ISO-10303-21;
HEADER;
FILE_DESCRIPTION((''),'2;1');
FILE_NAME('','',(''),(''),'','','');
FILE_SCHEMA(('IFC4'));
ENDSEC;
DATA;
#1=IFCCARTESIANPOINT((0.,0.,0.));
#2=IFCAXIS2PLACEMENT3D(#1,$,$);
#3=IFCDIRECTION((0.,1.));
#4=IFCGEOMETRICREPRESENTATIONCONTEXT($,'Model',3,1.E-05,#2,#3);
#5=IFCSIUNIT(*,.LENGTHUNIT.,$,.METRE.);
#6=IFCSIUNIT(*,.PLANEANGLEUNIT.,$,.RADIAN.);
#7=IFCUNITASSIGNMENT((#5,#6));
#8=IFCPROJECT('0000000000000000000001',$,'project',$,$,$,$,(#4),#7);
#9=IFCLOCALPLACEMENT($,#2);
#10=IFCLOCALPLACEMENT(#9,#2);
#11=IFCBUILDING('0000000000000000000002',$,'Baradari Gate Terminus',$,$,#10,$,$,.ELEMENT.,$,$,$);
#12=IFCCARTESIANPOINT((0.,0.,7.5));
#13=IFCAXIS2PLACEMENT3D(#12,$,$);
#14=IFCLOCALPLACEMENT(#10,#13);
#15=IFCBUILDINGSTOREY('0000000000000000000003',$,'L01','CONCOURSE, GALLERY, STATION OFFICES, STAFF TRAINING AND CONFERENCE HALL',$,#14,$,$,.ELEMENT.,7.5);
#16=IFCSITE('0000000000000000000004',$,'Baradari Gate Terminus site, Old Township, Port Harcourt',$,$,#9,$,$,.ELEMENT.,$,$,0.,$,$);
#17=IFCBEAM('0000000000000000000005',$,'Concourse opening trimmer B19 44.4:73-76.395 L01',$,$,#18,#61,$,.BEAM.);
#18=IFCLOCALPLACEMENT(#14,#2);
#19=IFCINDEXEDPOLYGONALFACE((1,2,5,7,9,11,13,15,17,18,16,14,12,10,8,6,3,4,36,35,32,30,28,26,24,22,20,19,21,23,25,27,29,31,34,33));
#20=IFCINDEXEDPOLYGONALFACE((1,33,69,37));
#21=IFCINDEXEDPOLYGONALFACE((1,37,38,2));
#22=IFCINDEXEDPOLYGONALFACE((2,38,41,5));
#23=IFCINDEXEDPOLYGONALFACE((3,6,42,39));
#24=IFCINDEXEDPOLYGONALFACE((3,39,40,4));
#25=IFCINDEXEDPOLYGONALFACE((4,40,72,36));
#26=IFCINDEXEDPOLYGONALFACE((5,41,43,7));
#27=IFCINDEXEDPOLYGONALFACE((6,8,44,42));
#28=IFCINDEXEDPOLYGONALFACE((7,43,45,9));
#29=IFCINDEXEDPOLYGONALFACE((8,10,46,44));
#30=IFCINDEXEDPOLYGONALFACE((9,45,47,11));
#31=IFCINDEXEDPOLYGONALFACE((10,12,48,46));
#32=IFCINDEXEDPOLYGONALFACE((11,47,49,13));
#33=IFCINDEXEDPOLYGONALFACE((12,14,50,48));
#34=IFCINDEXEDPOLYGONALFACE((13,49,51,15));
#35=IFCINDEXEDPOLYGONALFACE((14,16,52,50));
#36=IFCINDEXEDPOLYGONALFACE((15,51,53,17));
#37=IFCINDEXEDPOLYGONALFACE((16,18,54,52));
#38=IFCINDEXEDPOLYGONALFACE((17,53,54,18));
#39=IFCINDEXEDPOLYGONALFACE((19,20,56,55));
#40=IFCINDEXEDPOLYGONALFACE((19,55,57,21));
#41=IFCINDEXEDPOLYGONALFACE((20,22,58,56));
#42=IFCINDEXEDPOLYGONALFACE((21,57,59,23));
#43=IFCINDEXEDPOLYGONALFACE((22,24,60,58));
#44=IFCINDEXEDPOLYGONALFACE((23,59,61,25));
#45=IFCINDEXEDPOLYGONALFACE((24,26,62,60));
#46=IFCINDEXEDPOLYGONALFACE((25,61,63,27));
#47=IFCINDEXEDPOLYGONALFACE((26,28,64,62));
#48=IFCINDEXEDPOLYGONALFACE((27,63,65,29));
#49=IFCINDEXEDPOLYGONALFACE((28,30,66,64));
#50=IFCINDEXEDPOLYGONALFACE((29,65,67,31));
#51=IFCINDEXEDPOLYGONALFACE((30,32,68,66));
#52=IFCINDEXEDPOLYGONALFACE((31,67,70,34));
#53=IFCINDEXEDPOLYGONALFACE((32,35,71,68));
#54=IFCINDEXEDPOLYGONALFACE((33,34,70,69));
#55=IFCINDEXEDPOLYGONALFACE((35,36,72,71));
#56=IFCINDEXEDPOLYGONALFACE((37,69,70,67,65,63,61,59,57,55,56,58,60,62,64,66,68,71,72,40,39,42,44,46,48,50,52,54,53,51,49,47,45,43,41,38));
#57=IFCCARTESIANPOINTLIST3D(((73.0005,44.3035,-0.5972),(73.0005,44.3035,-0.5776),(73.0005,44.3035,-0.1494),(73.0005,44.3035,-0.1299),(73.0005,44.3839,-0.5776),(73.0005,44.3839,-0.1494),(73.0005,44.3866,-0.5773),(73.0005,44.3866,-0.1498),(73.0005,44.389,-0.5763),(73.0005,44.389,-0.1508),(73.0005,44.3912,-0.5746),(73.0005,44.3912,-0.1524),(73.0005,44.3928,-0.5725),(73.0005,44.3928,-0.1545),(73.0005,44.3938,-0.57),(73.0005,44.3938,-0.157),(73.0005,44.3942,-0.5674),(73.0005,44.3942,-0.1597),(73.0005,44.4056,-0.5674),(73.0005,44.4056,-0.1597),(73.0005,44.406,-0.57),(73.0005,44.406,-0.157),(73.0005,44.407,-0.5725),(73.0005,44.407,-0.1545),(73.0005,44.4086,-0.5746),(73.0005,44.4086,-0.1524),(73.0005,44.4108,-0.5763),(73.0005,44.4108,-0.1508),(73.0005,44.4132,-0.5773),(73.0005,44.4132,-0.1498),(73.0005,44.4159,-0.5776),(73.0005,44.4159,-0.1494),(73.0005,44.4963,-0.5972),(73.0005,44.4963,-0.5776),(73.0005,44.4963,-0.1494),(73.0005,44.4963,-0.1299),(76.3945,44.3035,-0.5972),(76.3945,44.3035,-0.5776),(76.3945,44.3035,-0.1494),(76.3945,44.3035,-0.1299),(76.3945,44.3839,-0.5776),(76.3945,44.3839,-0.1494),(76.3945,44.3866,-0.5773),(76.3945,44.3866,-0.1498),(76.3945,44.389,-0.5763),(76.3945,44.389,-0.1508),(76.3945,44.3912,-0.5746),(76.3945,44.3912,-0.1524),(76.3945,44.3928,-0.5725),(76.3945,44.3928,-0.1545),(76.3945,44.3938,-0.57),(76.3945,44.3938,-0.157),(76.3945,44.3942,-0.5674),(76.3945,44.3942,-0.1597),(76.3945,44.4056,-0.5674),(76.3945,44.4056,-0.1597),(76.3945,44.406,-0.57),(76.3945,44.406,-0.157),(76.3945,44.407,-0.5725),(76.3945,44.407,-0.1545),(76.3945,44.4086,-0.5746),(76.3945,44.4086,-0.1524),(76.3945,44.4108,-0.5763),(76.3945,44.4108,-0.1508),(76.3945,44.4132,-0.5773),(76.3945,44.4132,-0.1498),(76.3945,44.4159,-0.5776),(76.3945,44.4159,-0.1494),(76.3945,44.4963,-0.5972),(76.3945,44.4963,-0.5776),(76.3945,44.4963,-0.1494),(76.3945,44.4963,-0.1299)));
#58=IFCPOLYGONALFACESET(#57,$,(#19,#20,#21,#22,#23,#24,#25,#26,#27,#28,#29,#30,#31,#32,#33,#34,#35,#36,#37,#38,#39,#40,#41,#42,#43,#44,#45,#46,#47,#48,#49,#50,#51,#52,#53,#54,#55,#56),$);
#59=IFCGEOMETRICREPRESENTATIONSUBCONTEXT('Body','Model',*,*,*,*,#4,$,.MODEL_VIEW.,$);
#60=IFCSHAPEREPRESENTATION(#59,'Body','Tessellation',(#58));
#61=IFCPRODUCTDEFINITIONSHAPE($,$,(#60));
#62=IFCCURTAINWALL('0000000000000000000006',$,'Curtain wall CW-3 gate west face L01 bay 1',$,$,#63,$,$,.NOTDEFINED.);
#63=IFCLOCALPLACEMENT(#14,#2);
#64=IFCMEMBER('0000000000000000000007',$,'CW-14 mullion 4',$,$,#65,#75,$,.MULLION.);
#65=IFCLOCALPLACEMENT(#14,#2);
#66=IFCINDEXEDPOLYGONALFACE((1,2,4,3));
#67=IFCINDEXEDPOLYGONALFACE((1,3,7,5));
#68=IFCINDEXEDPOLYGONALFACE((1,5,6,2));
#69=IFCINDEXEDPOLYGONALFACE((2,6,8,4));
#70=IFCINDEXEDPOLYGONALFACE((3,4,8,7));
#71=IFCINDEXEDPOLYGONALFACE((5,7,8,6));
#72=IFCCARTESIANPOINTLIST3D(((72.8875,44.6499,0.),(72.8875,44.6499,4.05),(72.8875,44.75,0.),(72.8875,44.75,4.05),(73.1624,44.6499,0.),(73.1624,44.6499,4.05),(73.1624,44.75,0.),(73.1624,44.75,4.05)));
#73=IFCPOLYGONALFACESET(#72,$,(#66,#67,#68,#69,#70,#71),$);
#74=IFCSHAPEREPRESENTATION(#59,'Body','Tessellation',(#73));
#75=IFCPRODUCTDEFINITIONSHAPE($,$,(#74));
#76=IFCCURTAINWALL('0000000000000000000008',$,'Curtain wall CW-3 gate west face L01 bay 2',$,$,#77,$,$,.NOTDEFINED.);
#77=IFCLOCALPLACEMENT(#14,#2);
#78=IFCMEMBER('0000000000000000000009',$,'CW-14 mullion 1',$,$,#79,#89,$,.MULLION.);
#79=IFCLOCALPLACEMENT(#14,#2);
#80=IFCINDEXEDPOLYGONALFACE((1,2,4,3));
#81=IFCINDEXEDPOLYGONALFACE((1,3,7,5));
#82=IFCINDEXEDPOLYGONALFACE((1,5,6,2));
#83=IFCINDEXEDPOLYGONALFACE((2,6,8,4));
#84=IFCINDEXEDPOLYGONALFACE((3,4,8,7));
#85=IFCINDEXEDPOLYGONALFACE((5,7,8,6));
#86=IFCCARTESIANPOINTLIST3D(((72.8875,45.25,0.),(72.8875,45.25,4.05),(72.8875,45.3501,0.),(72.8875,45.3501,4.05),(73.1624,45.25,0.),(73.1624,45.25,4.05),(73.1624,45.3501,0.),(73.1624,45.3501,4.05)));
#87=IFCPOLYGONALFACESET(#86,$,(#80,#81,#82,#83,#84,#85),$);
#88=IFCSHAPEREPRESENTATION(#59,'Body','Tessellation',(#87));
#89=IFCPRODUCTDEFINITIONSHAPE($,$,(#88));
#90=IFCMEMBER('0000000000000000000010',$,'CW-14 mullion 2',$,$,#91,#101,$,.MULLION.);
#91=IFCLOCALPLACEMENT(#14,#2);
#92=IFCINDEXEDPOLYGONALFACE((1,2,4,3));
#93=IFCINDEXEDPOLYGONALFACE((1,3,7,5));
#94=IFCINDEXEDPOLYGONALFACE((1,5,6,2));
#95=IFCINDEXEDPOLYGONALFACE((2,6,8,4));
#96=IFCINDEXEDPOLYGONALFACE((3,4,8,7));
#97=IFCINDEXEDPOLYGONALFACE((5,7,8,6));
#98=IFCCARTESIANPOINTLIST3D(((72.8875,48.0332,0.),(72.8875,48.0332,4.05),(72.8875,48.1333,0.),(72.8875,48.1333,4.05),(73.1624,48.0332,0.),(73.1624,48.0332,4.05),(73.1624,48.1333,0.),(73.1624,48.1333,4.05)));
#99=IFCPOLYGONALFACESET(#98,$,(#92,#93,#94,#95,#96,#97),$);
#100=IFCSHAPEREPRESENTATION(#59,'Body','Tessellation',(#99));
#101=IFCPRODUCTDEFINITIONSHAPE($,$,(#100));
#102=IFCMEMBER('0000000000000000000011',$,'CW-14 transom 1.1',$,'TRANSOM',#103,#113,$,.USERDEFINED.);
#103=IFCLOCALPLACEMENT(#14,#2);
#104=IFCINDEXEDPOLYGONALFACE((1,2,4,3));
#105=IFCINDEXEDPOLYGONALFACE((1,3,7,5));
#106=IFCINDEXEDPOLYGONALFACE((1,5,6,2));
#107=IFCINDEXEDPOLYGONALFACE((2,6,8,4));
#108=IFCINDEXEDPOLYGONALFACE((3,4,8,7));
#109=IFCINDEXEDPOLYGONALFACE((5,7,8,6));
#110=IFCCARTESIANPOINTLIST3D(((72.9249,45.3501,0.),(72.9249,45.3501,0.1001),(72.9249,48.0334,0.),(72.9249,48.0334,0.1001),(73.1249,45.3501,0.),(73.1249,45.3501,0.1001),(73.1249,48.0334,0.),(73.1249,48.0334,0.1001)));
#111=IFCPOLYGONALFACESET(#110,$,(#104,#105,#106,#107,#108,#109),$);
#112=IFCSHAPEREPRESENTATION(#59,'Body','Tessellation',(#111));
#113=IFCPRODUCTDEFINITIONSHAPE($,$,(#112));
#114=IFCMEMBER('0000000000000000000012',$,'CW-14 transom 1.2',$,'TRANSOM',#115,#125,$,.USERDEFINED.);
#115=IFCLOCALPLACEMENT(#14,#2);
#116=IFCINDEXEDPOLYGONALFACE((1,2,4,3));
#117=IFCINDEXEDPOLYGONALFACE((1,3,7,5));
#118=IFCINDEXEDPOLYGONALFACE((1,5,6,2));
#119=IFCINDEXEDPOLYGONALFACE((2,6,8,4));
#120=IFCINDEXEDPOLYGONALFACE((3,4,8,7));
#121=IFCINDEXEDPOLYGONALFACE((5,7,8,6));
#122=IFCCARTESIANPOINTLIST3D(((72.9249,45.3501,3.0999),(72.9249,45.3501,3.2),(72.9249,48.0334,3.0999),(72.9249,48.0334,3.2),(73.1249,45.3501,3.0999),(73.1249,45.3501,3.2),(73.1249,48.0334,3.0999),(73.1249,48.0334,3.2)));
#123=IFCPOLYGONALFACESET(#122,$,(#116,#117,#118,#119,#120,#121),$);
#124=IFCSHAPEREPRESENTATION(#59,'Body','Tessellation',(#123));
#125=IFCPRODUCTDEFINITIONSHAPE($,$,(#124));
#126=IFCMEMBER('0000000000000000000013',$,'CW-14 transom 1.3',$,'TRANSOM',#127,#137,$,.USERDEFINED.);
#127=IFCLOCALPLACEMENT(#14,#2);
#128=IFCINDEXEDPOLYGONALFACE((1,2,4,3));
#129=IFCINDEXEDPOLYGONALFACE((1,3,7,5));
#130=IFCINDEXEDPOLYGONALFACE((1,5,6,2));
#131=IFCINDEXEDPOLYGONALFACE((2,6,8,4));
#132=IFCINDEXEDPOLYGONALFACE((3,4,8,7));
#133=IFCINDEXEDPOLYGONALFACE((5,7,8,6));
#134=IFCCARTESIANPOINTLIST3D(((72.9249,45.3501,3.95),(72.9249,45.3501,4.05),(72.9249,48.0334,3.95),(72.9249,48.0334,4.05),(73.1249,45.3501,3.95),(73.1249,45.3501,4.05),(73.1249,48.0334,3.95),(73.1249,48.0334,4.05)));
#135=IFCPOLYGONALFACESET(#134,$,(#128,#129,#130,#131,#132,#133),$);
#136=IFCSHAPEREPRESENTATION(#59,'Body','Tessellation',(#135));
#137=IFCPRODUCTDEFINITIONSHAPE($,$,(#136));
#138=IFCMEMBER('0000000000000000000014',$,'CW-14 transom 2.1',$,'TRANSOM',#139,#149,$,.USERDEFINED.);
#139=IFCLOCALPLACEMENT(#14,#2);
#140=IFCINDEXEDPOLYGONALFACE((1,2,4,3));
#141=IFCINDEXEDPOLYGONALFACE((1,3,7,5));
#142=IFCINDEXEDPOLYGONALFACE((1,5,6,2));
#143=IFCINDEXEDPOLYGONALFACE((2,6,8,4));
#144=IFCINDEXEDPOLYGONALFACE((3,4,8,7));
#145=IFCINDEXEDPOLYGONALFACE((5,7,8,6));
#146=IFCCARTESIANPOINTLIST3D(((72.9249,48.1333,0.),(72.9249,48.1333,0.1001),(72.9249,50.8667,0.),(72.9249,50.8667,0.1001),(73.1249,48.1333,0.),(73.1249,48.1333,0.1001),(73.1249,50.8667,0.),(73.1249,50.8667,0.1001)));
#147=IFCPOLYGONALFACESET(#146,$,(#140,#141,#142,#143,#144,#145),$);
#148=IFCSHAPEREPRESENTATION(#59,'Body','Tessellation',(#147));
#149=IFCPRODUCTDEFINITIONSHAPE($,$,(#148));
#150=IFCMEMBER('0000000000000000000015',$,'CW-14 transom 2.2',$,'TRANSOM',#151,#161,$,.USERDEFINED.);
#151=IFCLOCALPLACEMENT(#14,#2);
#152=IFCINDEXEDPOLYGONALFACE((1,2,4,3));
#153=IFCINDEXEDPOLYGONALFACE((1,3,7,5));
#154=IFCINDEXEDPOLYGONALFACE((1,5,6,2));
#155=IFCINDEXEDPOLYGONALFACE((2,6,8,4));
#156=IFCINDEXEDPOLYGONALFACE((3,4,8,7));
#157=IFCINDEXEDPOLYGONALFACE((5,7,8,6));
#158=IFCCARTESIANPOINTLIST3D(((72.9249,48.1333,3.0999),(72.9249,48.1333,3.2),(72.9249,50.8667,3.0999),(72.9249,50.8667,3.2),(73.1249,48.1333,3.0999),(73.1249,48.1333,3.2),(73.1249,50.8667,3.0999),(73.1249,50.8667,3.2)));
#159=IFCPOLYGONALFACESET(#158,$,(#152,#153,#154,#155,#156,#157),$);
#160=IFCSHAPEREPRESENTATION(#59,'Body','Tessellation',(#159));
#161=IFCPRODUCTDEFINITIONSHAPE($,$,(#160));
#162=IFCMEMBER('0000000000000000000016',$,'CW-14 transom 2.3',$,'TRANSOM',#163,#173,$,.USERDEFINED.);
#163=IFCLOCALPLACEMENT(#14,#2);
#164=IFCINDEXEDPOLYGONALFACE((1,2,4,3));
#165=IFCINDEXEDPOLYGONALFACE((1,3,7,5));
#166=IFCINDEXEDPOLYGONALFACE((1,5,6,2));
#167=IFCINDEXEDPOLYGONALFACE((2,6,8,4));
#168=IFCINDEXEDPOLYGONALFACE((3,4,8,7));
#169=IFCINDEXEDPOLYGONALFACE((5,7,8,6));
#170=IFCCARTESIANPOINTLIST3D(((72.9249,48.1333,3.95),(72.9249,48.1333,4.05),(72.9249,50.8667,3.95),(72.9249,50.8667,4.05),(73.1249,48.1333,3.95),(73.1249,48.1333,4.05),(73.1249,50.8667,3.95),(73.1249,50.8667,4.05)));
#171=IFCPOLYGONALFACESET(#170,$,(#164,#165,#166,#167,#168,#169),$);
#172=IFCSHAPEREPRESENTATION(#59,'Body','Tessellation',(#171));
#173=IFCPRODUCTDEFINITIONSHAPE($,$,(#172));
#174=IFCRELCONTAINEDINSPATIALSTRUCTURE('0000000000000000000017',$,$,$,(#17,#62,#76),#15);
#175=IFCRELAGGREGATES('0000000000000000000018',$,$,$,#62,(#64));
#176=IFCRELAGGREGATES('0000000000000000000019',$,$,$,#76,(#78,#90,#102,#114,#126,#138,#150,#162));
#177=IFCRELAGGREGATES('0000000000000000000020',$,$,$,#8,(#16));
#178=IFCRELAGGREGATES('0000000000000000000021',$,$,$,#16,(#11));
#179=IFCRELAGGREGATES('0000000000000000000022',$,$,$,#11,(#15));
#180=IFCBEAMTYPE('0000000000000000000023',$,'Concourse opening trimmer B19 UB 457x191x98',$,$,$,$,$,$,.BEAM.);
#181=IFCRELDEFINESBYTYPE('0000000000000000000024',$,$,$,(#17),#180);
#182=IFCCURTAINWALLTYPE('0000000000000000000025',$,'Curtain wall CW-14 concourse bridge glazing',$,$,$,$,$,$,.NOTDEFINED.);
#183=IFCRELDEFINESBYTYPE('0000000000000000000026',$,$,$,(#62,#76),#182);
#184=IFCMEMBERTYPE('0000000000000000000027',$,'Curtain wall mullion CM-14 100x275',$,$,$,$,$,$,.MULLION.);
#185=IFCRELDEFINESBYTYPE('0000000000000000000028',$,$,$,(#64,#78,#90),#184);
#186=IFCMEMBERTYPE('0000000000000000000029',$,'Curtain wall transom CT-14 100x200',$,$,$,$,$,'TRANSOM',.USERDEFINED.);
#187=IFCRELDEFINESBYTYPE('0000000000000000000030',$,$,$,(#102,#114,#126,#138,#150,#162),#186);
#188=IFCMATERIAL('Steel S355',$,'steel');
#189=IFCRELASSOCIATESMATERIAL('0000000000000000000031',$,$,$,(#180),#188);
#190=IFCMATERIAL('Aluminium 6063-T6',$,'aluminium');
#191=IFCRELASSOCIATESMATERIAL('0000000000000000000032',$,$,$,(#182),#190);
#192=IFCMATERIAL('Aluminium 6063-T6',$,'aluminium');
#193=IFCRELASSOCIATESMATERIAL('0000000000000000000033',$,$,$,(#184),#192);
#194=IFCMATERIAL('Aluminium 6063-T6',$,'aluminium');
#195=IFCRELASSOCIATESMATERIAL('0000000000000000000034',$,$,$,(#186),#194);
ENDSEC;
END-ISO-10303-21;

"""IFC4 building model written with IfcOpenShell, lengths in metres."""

from ifc_helpers import new_model, si_unit, direction, frame, origin, origin_2d, place, context, subcontext, project, spatial, rectangle, i_section, extrude, material, material_profile, profile_set, type_object, element, aggregate, save


model = new_model("IFC4")

# Units and contexts
model_context = context("Model", 3, precision=1e-05, world=origin(), true_north=direction((0.0, 1.0)))
body_context = subcontext(model_context, "Body", "Model", "MODEL_VIEW")
ifc_project = project(units=[si_unit("LENGTHUNIT", "METRE"), si_unit("PLANEANGLEUNIT", "RADIAN")], contexts=[model_context])

# Site, building, storey
site_placement = place(None, origin())
site = spatial("IfcSite", under=ifc_project, at=site_placement, Name="Baradari Gate Terminus site, Old Township, Port Harcourt", CompositionType="ELEMENT", RefElevation=0.0)
building_placement = place(site_placement, origin())
building = spatial("IfcBuilding", under=site, at=building_placement, Name="Baradari Gate Terminus", CompositionType="ELEMENT")
storey_placement = place(building_placement, frame((0.0, 0.0, 7.5)))
storey = spatial("IfcBuildingStorey", under=building, at=storey_placement, Name="L01", Description="CONCOURSE, GALLERY, STATION OFFICES, STAFF TRAINING AND CONFERENCE HALL", CompositionType="ELEMENT", Elevation=7.5)

# Beam
ifc_material_1 = material(Name="Steel S355", Category="steel")
ifc_material_profile_1 = material_profile(ifc_material_1, i_section(OverallWidth=0.1929, OverallDepth=0.4673, WebThickness=0.0115, FlangeThickness=0.0195, FilletRadius=0.0103, at=origin_2d()), Name="UB 457x191x98")
ifc_profile_set_1 = profile_set([ifc_material_profile_1], Name="Steel S355")
beam_type_1 = type_object("IfcBeamType", Name="Concourse opening trimmer B19 UB 457x191x98", PredefinedType="BEAM", material=ifc_profile_set_1)
beam_placement = place(storey_placement, frame((73.0005, 44.3999, -0.3635), z_axis=(1.0, 0.0, 0.0), x_axis=(0.0, 1.0, 0.0)))
element("IfcBeam", 1, at=beam_placement, inside=storey, type_object=beam_type_1, Name="Concourse opening trimmer B19 44.4:73-76.395 L01", PredefinedType="BEAM", context=body_context, shape_type="SweptSolid", body=[
    extrude(i_section(OverallWidth=0.1929, OverallDepth=0.4673, WebThickness=0.0115, FlangeThickness=0.0195, FilletRadius=0.0103, at=origin_2d()), origin(), (0.0, 0.0, 1.0), 3.394),
])

# Curtain wall, member
ifc_material_2 = material(Name="Aluminium 6063-T6", Category="aluminium")
curtain_wall_type = type_object("IfcCurtainWallType", Name="Curtain wall CW-14 concourse bridge glazing", PredefinedType="NOTDEFINED", material=ifc_material_2)
curtain_wall_1_placement = place(storey_placement, origin())
curtain_wall_1 = element("IfcCurtainWall", 2, at=curtain_wall_1_placement, inside=storey, type_object=curtain_wall_type, Name="Curtain wall CW-3 gate west face L01 bay 1", PredefinedType="NOTDEFINED")
ifc_material_3 = material(Name="Aluminium 6063-T6", Category="aluminium")
ifc_material_profile_2 = material_profile(ifc_material_3, rectangle(XDim=0.2749, YDim=0.1001, at=origin_2d()), Name="CM-14 100X275")
ifc_profile_set_2 = profile_set([ifc_material_profile_2], Name="Aluminium 6063-T6")
member_type_1 = type_object("IfcMemberType", Name="Curtain wall mullion CM-14 100x275", PredefinedType="MULLION", material=ifc_profile_set_2)
member_1_placement = place(storey_placement, frame((73.0249, 44.7, 0.0), z_axis=(0.0, 0.0, 1.0), x_axis=(-1.0, 0.0, 0.0)))
member_1 = element("IfcMember", 3, at=member_1_placement, type_object=member_type_1, Name="CW-14 mullion 4", PredefinedType="MULLION", context=body_context, shape_type="SweptSolid", body=[
    extrude(rectangle(XDim=0.2749, YDim=0.1001, at=origin_2d()), origin(), (0.0, 0.0, 1.0), 4.05),
])
aggregate(curtain_wall_1, [member_1])

# Curtain wall, members
curtain_wall_2_placement = place(storey_placement, origin())
curtain_wall_2 = element("IfcCurtainWall", 4, at=curtain_wall_2_placement, inside=storey, type_object=curtain_wall_type, Name="Curtain wall CW-3 gate west face L01 bay 2", PredefinedType="NOTDEFINED")
member_2_placement = place(storey_placement, frame((73.0249, 45.3, 0.0), z_axis=(0.0, 0.0, 1.0), x_axis=(-1.0, 0.0, 0.0)))
member_2 = element("IfcMember", 5, at=member_2_placement, type_object=member_type_1, Name="CW-14 mullion 1", PredefinedType="MULLION", context=body_context, shape_type="SweptSolid", body=[
    extrude(rectangle(XDim=0.2749, YDim=0.1001, at=origin_2d()), origin(), (0.0, 0.0, 1.0), 4.05),
])
member_3_placement = place(storey_placement, frame((73.0249, 48.0833, 0.0), z_axis=(0.0, 0.0, 1.0), x_axis=(-1.0, 0.0, 0.0)))
member_3 = element("IfcMember", 6, at=member_3_placement, type_object=member_type_1, Name="CW-14 mullion 2", PredefinedType="MULLION", context=body_context, shape_type="SweptSolid", body=[
    extrude(rectangle(XDim=0.2749, YDim=0.1001, at=origin_2d()), origin(), (0.0, 0.0, 1.0), 4.05),
])
ifc_material_4 = material(Name="Aluminium 6063-T6", Category="aluminium")
ifc_material_profile_3 = material_profile(ifc_material_4, rectangle(XDim=0.2, YDim=0.1001, at=origin_2d()), Name="CT-14 100X200")
ifc_profile_set_3 = profile_set([ifc_material_profile_3], Name="Aluminium 6063-T6")
member_type_2 = type_object("IfcMemberType", Name="Curtain wall transom CT-14 100x200", ElementType="TRANSOM", PredefinedType="USERDEFINED", material=ifc_profile_set_3)
member_4_placement = place(storey_placement, frame((73.0249, 45.3501, 0.05), z_axis=(0.0, 1.0, 0.0), x_axis=(-1.0, 0.0, 0.0)))
member_4 = element("IfcMember", 7, at=member_4_placement, type_object=member_type_2, Name="CW-14 transom 1.1", ObjectType="TRANSOM", PredefinedType="USERDEFINED", context=body_context, shape_type="SweptSolid", body=[
    extrude(rectangle(XDim=0.2, YDim=0.1001, at=origin_2d()), origin(), (0.0, 0.0, 1.0), 2.6833),
])
member_5_placement = place(storey_placement, frame((73.0249, 45.3501, 3.1499), z_axis=(0.0, 1.0, 0.0), x_axis=(-1.0, 0.0, 0.0)))
member_5 = element("IfcMember", 8, at=member_5_placement, type_object=member_type_2, Name="CW-14 transom 1.2", ObjectType="TRANSOM", PredefinedType="USERDEFINED", context=body_context, shape_type="SweptSolid", body=[
    extrude(rectangle(XDim=0.2, YDim=0.1001, at=origin_2d()), origin(), (0.0, 0.0, 1.0), 2.6833),
])
member_6_placement = place(storey_placement, frame((73.0249, 45.3501, 4.0), z_axis=(0.0, 1.0, 0.0), x_axis=(-1.0, 0.0, 0.0)))
member_6 = element("IfcMember", 9, at=member_6_placement, type_object=member_type_2, Name="CW-14 transom 1.3", ObjectType="TRANSOM", PredefinedType="USERDEFINED", context=body_context, shape_type="SweptSolid", body=[
    extrude(rectangle(XDim=0.2, YDim=0.1001, at=origin_2d()), origin(), (0.0, 0.0, 1.0), 2.6833),
])
member_7_placement = place(storey_placement, frame((73.0249, 48.1333, 0.05), z_axis=(0.0, 1.0, 0.0), x_axis=(-1.0, 0.0, 0.0)))
member_7 = element("IfcMember", 10, at=member_7_placement, type_object=member_type_2, Name="CW-14 transom 2.1", ObjectType="TRANSOM", PredefinedType="USERDEFINED", context=body_context, shape_type="SweptSolid", body=[
    extrude(rectangle(XDim=0.2, YDim=0.1001, at=origin_2d()), origin(), (0.0, 0.0, 1.0), 2.7334),
])
member_8_placement = place(storey_placement, frame((73.0249, 48.1333, 3.1499), z_axis=(0.0, 1.0, 0.0), x_axis=(-1.0, 0.0, 0.0)))
member_8 = element("IfcMember", 11, at=member_8_placement, type_object=member_type_2, Name="CW-14 transom 2.2", ObjectType="TRANSOM", PredefinedType="USERDEFINED", context=body_context, shape_type="SweptSolid", body=[
    extrude(rectangle(XDim=0.2, YDim=0.1001, at=origin_2d()), origin(), (0.0, 0.0, 1.0), 2.7334),
])
member_9_placement = place(storey_placement, frame((73.0249, 48.1333, 4.0), z_axis=(0.0, 1.0, 0.0), x_axis=(-1.0, 0.0, 0.0)))
member_9 = element("IfcMember", 12, at=member_9_placement, type_object=member_type_2, Name="CW-14 transom 2.3", ObjectType="TRANSOM", PredefinedType="USERDEFINED", context=body_context, shape_type="SweptSolid", body=[
    extrude(rectangle(XDim=0.2, YDim=0.1001, at=origin_2d()), origin(), (0.0, 0.0, 1.0), 2.7334),
])

aggregate(curtain_wall_2, [member_2, member_3, member_4, member_5, member_6, member_7, member_8, member_9])

save(model, "model.ifc")
